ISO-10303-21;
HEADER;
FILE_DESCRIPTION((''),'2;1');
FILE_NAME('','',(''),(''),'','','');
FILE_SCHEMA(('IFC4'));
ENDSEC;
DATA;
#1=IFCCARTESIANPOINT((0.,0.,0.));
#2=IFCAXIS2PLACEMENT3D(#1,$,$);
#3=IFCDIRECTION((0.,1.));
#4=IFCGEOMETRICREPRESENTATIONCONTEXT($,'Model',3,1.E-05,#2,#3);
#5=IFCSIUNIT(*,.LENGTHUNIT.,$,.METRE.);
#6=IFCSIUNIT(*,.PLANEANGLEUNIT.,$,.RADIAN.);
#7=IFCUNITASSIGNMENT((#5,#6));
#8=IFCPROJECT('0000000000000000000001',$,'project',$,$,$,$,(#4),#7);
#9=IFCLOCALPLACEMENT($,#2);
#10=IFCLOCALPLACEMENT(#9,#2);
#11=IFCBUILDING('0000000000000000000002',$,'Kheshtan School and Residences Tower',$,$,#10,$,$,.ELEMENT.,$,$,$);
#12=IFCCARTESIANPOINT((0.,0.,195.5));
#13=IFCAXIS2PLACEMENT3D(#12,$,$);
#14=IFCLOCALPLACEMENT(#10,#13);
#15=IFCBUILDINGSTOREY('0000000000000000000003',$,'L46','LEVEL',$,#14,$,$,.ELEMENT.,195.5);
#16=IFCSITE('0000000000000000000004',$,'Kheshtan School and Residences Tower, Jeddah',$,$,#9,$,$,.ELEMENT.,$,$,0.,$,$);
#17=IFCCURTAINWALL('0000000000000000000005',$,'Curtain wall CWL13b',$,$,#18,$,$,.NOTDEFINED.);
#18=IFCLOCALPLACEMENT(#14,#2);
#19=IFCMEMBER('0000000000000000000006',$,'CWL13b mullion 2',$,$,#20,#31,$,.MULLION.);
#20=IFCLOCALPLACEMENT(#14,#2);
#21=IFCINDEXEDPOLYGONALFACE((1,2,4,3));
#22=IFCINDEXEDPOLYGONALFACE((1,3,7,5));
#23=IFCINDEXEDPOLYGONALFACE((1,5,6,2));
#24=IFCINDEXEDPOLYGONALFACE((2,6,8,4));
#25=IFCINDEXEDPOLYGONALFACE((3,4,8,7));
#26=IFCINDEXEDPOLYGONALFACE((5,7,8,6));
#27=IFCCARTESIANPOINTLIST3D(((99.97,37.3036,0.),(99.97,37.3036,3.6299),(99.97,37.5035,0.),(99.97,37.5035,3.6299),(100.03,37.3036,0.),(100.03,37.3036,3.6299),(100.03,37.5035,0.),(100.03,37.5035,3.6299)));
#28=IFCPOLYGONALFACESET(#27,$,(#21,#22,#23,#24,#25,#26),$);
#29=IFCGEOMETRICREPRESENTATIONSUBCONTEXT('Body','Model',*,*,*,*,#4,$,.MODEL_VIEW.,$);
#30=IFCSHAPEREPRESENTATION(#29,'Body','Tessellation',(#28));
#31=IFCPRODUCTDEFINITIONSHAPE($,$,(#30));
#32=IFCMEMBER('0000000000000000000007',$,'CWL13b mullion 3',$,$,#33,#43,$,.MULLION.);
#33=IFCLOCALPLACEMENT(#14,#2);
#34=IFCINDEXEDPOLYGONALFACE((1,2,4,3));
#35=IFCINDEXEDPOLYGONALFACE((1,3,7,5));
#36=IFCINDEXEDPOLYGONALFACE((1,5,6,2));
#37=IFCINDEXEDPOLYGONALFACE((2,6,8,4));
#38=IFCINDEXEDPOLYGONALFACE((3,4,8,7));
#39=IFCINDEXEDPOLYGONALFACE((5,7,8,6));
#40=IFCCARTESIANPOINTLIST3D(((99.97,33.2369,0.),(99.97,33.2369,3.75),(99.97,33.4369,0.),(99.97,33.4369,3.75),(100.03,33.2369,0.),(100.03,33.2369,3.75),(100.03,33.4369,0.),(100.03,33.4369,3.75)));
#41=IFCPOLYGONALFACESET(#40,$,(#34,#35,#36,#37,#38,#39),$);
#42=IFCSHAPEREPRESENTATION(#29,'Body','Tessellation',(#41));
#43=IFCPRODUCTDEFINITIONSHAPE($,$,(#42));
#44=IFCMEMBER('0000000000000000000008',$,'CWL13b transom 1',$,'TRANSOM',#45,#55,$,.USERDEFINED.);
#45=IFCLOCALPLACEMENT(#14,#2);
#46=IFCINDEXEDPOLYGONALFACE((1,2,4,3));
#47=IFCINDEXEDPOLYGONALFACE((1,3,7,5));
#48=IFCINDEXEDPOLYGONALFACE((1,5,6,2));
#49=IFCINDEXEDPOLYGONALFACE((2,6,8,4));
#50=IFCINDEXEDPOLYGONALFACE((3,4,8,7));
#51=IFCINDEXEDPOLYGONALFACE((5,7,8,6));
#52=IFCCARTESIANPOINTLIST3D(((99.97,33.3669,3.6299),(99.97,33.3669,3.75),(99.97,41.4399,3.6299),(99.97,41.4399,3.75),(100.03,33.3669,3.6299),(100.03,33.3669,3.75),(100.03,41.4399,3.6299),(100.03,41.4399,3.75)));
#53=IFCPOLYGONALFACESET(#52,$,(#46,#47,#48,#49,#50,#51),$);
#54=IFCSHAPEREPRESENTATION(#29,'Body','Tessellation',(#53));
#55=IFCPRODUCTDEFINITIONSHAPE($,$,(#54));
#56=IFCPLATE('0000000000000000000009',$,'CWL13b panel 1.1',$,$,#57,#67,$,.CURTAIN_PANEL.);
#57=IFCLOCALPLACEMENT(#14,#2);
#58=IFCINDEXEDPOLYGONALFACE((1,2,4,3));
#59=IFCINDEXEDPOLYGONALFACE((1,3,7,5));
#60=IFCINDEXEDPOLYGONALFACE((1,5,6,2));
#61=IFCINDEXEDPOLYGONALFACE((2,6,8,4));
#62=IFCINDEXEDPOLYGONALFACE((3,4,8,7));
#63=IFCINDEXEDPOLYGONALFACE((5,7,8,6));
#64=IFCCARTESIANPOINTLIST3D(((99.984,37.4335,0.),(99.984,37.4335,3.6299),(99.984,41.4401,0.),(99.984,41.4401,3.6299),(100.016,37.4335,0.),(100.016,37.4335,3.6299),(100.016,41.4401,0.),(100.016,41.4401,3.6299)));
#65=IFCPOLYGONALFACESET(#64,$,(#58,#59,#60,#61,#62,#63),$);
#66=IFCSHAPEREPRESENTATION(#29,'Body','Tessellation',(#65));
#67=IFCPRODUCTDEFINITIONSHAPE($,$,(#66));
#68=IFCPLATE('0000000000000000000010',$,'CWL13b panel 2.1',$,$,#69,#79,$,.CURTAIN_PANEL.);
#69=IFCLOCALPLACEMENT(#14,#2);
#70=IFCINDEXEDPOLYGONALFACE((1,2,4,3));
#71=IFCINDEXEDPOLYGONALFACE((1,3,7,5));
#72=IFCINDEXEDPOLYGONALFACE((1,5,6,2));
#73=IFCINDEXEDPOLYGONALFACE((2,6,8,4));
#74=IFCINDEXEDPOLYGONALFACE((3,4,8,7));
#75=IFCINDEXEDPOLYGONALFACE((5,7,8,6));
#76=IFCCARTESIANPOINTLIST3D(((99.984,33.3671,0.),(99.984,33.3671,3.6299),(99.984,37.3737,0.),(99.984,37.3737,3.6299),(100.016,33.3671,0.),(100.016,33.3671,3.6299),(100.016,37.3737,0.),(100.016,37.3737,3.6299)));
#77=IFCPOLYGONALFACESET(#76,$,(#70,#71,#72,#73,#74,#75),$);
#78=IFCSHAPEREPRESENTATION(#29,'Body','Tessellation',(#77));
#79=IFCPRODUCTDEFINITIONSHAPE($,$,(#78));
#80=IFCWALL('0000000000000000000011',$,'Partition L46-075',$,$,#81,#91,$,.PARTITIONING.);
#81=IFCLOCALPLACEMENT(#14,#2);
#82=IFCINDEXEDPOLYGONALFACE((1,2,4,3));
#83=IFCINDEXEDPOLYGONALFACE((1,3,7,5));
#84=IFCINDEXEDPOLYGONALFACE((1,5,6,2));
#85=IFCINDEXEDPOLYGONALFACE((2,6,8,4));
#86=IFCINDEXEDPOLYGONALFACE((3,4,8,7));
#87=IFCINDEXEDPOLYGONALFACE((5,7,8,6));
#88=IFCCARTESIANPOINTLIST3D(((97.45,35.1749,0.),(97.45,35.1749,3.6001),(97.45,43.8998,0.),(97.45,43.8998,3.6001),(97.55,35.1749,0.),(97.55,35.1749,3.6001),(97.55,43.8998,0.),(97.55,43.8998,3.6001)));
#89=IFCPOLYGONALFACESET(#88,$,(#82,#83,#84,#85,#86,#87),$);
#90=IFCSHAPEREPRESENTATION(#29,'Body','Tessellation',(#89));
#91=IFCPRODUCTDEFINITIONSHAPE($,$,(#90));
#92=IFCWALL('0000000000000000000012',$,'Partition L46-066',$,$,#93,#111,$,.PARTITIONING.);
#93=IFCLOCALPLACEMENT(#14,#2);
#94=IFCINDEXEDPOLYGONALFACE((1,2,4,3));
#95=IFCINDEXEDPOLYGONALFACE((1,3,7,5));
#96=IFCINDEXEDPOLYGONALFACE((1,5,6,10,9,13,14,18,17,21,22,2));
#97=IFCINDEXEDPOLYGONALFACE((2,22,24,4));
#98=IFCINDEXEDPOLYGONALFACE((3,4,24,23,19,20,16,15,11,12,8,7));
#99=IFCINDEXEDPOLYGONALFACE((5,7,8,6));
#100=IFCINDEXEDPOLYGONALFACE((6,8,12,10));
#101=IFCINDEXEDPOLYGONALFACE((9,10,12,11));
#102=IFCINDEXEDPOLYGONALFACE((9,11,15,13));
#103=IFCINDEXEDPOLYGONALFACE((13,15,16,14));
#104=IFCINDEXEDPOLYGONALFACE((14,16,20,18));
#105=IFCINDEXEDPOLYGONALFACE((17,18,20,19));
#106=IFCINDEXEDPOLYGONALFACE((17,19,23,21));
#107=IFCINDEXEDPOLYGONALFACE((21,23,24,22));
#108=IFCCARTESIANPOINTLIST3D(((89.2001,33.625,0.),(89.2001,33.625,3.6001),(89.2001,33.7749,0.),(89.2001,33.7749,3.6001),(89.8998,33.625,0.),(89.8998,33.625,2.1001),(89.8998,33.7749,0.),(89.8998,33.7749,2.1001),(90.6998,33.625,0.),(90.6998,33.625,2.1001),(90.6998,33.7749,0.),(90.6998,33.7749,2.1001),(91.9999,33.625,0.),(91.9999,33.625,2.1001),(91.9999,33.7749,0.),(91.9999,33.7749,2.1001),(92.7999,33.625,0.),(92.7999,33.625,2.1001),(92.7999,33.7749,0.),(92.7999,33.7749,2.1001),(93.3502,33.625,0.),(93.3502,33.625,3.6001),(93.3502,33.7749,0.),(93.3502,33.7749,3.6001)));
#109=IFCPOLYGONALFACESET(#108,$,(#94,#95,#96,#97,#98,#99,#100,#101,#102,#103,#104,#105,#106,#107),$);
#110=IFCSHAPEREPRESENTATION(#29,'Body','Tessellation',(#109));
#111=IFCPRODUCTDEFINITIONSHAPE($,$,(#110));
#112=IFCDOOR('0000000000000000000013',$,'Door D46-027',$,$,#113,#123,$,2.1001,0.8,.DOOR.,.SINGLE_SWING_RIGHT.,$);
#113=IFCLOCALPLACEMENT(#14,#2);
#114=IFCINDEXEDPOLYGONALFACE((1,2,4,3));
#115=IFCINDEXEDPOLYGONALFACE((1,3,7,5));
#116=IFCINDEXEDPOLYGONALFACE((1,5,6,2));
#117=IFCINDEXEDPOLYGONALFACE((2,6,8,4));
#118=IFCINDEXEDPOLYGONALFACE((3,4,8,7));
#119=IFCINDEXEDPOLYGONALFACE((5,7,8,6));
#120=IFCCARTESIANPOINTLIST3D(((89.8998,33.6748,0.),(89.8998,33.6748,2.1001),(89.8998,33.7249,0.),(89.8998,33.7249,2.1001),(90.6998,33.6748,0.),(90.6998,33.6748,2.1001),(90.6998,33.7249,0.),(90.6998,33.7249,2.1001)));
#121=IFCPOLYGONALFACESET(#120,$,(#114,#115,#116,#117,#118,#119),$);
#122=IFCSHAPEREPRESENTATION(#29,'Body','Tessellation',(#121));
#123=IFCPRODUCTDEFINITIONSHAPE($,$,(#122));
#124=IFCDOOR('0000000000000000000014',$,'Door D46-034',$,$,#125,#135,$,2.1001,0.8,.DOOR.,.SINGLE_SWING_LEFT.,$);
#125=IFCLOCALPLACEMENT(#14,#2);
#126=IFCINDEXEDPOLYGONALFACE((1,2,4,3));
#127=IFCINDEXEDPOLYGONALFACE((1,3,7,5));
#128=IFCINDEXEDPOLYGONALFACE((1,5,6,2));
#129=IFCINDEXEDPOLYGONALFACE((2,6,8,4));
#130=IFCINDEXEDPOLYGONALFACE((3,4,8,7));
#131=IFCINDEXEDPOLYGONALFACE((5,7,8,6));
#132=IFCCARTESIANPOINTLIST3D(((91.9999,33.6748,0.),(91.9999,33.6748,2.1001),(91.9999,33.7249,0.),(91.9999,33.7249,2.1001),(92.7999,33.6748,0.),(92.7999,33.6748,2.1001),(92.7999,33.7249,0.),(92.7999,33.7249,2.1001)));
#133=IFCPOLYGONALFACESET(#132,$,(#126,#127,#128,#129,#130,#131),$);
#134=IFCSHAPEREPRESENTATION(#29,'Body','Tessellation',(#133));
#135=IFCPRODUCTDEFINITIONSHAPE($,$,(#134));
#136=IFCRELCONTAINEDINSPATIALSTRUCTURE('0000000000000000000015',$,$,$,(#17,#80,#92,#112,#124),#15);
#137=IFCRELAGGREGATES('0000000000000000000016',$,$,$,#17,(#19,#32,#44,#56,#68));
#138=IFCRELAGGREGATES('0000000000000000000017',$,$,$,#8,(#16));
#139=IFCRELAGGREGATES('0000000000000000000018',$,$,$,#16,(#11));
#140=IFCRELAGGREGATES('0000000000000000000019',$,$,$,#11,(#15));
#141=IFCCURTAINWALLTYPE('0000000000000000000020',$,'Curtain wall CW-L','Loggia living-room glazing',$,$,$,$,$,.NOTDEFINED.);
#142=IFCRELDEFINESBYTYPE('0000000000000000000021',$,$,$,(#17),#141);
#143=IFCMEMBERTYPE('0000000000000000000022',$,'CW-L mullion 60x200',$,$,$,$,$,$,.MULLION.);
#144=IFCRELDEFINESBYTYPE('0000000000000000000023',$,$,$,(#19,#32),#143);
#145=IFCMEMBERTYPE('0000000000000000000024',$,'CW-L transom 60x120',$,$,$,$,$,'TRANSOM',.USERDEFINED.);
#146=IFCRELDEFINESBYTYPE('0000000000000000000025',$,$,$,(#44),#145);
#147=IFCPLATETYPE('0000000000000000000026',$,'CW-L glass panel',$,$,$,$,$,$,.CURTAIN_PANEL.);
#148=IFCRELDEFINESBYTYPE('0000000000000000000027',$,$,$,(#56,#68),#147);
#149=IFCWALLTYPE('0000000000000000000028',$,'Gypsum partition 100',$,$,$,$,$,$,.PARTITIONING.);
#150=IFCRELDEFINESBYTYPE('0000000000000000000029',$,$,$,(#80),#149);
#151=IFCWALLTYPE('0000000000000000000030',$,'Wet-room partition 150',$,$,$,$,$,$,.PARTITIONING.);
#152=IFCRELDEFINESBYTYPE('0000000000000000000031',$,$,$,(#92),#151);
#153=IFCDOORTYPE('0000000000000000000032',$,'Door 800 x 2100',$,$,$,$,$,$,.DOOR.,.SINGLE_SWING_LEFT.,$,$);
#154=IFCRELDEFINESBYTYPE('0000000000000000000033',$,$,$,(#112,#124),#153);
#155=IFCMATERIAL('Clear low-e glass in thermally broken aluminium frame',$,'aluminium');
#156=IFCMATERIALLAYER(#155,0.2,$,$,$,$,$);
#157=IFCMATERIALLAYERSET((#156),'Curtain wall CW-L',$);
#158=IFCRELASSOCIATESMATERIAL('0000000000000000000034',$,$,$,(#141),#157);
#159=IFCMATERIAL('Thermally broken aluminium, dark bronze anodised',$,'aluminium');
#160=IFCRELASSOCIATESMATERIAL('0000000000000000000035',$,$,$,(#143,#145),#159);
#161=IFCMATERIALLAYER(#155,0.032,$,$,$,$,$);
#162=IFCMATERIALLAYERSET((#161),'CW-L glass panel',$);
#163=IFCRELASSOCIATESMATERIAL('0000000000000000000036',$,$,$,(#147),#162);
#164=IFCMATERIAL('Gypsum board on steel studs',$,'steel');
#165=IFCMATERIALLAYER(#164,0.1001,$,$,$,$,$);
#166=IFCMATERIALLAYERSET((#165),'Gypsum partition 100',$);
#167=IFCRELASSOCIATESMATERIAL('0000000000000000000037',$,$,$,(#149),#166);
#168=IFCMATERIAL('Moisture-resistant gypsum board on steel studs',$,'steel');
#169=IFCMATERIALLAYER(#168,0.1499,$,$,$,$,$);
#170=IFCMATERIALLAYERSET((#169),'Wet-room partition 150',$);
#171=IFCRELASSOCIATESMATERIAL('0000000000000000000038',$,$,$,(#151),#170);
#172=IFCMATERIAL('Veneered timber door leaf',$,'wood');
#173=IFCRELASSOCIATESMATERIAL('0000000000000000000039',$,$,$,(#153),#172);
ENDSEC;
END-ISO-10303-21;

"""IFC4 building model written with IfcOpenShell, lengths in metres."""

from ifc_helpers import new_model, si_unit, direction, frame, frame_2d, origin, origin_2d, place, context, subcontext, project, spatial, rectangle, extrude, source, transform, mapped, material, layer, layer_set, material_profile, profile_set, type_object, element, fill, aggregate, save


model = new_model("IFC4")

# Units and contexts
model_context = context("Model", 3, precision=1e-05, world=origin(), true_north=direction((0.0, 1.0)))
body_context = subcontext(model_context, "Body", "Model", "MODEL_VIEW")
ifc_project = project(units=[si_unit("LENGTHUNIT", "METRE"), si_unit("PLANEANGLEUNIT", "RADIAN")], contexts=[model_context])

# Site, building, storey
site_placement = place(None, origin())
site = spatial("IfcSite", under=ifc_project, at=site_placement, Name="Kheshtan School and Residences Tower, Jeddah", CompositionType="ELEMENT", RefElevation=0.0)
building_placement = place(site_placement, origin())
building = spatial("IfcBuilding", under=site, at=building_placement, Name="Kheshtan School and Residences Tower", CompositionType="ELEMENT")
storey_placement = place(building_placement, frame((0.0, 0.0, 195.5)))
storey = spatial("IfcBuildingStorey", under=building, at=storey_placement, Name="L46", Description="LEVEL", CompositionType="ELEMENT", Elevation=195.5)

# Curtain wall, members, plates
ifc_material_1 = material(Name="Clear low-e glass in thermally broken aluminium frame", Category="aluminium")
ifc_layer_1 = layer(ifc_material_1, 0.2)
ifc_layer_set_1 = layer_set([ifc_layer_1], Name="Curtain wall CW-L")
curtain_wall_type = type_object("IfcCurtainWallType", Name="Curtain wall CW-L", Description="Loggia living-room glazing", PredefinedType="NOTDEFINED", material=ifc_layer_set_1)
curtain_wall_placement = place(storey_placement, origin())
curtain_wall = element("IfcCurtainWall", 1, at=curtain_wall_placement, inside=storey, type_object=curtain_wall_type, Name="Curtain wall CWL13b", PredefinedType="NOTDEFINED")
ifc_material_2 = material(Name="Thermally broken aluminium, dark bronze anodised", Category="aluminium")
ifc_material_profile_1 = material_profile(ifc_material_2, rectangle(XDim=0.0601, YDim=0.2, at=origin_2d()), Name="CW-L mullion 60x200")
ifc_profile_set_1 = profile_set([ifc_material_profile_1], Name="Thermally broken aluminium, dark bronze anodised")
member_type_1 = type_object("IfcMemberType", Name="CW-L mullion 60x200", PredefinedType="MULLION", material=ifc_profile_set_1)
member_1_placement = place(storey_placement, frame((100.0, 37.4036, 0.0), z_axis=(0.0, 0.0, 1.0), x_axis=(1.0, 0.0, 0.0)))
member_1 = element("IfcMember", 2, at=member_1_placement, type_object=member_type_1, Name="CWL13b mullion 2", PredefinedType="MULLION", context=body_context, shape_type="SweptSolid", body=[
    extrude(rectangle(XDim=0.0601, YDim=0.2, at=origin_2d()), origin(), (0.0, 0.0, 1.0), 3.6299),
])
member_2_placement = place(storey_placement, frame((100.0, 33.3369, 0.0), z_axis=(0.0, 0.0, 1.0), x_axis=(1.0, 0.0, 0.0)))
member_2 = element("IfcMember", 3, at=member_2_placement, type_object=member_type_1, Name="CWL13b mullion 3", PredefinedType="MULLION", context=body_context, shape_type="SweptSolid", body=[
    extrude(rectangle(XDim=0.0601, YDim=0.2, at=origin_2d()), origin(), (0.0, 0.0, 1.0), 3.75),
])
ifc_material_profile_2 = material_profile(ifc_material_2, rectangle(XDim=0.0601, YDim=0.1201, at=origin_2d()), Name="CW-L transom 60x120")
ifc_profile_set_2 = profile_set([ifc_material_profile_2], Name="Thermally broken aluminium, dark bronze anodised")
member_type_2 = type_object("IfcMemberType", Name="CW-L transom 60x120", ElementType="TRANSOM", PredefinedType="USERDEFINED", material=ifc_profile_set_2)
member_3_placement = place(storey_placement, frame((100.0, 41.4399, 3.6899), z_axis=(0.0, -1.0, 0.0), x_axis=(1.0, 0.0, 0.0)))
member_3 = element("IfcMember", 4, at=member_3_placement, type_object=member_type_2, Name="CWL13b transom 1", ObjectType="TRANSOM", PredefinedType="USERDEFINED", context=body_context, shape_type="SweptSolid", body=[
    extrude(rectangle(XDim=0.0601, YDim=0.1201, at=origin_2d()), origin(), (0.0, 0.0, 1.0), 8.073),
])
ifc_layer_2 = layer(ifc_material_1, 0.032)
ifc_layer_set_2 = layer_set([ifc_layer_2], Name="CW-L glass panel")
plate_type = type_object("IfcPlateType", Name="CW-L glass panel", PredefinedType="CURTAIN_PANEL", material=ifc_layer_set_2)
plate_1_placement = place(storey_placement, frame((100.0, 39.4368, 0.0), z_axis=(0.0, 0.0, 1.0), x_axis=(0.0, -1.0, 0.0)))
plate_1 = element("IfcPlate", 5, at=plate_1_placement, type_object=plate_type, Name="CWL13b panel 1.1", PredefinedType="CURTAIN_PANEL", context=body_context, shape_type="SweptSolid", body=[
    extrude(rectangle(XDim=4.0066, YDim=0.032, at=origin_2d()), origin(), (0.0, 0.0, 1.0), 3.6299),
])
plate_2_placement = place(storey_placement, frame((100.0, 35.3704, 0.0), z_axis=(0.0, 0.0, 1.0), x_axis=(0.0, -1.0, 0.0)))
plate_2 = element("IfcPlate", 6, at=plate_2_placement, type_object=plate_type, Name="CWL13b panel 2.1", PredefinedType="CURTAIN_PANEL", context=body_context, shape_type="SweptSolid", body=[
    extrude(rectangle(XDim=4.0066, YDim=0.032, at=origin_2d()), origin(), (0.0, 0.0, 1.0), 3.6299),
])
aggregate(curtain_wall, [member_1, member_2, member_3, plate_1, plate_2])

# Wall
ifc_material_3 = material(Name="Gypsum board on steel studs", Category="steel")
ifc_layer_3 = layer(ifc_material_3, 0.1001)
ifc_layer_set_3 = layer_set([ifc_layer_3], Name="Gypsum partition 100")
wall_type_1 = type_object("IfcWallType", Name="Gypsum partition 100", PredefinedType="PARTITIONING", material=ifc_layer_set_3)
wall_1_placement = place(storey_placement, frame((97.5, 35.175, 0.0), z_axis=(0.0, 0.0, 1.0), x_axis=(0.0, 1.0, 0.0)))
element("IfcWall", 7, at=wall_1_placement, inside=storey, type_object=wall_type_1, Name="Partition L46-075", PredefinedType="PARTITIONING", context=body_context, shape_type="SweptSolid", body=[
    extrude(rectangle(XDim=8.7249, YDim=0.1001, at=frame_2d((4.3623, 0.0))), origin(), (0.0, 0.0, 1.0), 3.6001),
])

# Wall, openings, doors
ifc_material_4 = material(Name="Moisture-resistant gypsum board on steel studs", Category="steel")
ifc_layer_4 = layer(ifc_material_4, 0.1499)
ifc_layer_set_4 = layer_set([ifc_layer_4], Name="Wet-room partition 150")
wall_type_2 = type_object("IfcWallType", Name="Wet-room partition 150", PredefinedType="PARTITIONING", material=ifc_layer_set_4)
wall_2_placement = place(storey_placement, frame((89.2, 33.7, 0.0), z_axis=(0.0, 0.0, 1.0), x_axis=(1.0, 0.0, 0.0)))
wall_2 = element("IfcWall", 8, at=wall_2_placement, inside=storey, type_object=wall_type_2, Name="Partition L46-066", PredefinedType="PARTITIONING", context=body_context, shape_type="SweptSolid", body=[
    extrude(rectangle(XDim=4.1501, YDim=0.1499, at=frame_2d((2.0752, 0.0))), origin(), (0.0, 0.0, 1.0), 3.6001),
])
opening_1_placement = place(wall_2_placement, frame((0.7, 0.0, 0.0)))
opening_1 = element("IfcOpeningElement", 9, at=opening_1_placement, cuts=wall_2, PredefinedType="OPENING", context=body_context, shape_type="SweptSolid", body=[
    extrude(rectangle(XDim=0.8, YDim=2.1001, at=frame_2d((0.3999, 1.05))), frame((0.0, 0.085, 0.0), z_axis=(0.0, -1.0, 0.0), x_axis=(1.0, 0.0, 0.0)), (0.0, 0.0, 1.0), 0.1699),
])
opening_2_placement = place(wall_2_placement, frame((2.8, 0.0, 0.0)))
opening_2 = element("IfcOpeningElement", 10, at=opening_2_placement, cuts=wall_2, PredefinedType="OPENING", context=body_context, shape_type="SweptSolid", body=[
    extrude(rectangle(XDim=0.8, YDim=2.1001, at=frame_2d((0.3999, 1.05))), frame((0.0, 0.085, 0.0), z_axis=(0.0, -1.0, 0.0), x_axis=(1.0, 0.0, 0.0)), (0.0, 0.0, 1.0), 0.1699),
])
ifc_material_5 = material(Name="Veneered timber door leaf", Category="wood")
door_type_1 = type_object("IfcDoorType", Name="Door 800 x 2100", OperationType="SINGLE_SWING_LEFT", PredefinedType="DOOR", material=ifc_material_5)
shared_shape_1 = source(origin(), body_context, "Body", "SweptSolid", [
    extrude(rectangle(XDim=0.8, YDim=2.1001, at=frame_2d((0.3999, 1.05))), frame((0.0, 0.0249, 0.0), z_axis=(0.0, -1.0, 0.0), x_axis=(1.0, 0.0, 0.0)), (0.0, 0.0, 1.0), 0.05),
])
door_1_placement = place(opening_1_placement, origin())
door_1 = element("IfcDoor", 11, at=door_1_placement, inside=storey, type_object=door_type_1, Name="Door D46-027", OperationType="SINGLE_SWING_RIGHT", OverallHeight=2.1001, OverallWidth=0.8, PredefinedType="DOOR", context=body_context, shape_type="MappedRepresentation", body=[
    mapped(shared_shape_1, transform((0.0, 0.0, 0.0), x_axis=(1.0, 0.0, 0.0), y_axis=(0.0, 1.0, 0.0), z_axis=(0.0, 0.0, 1.0), scale=1.0)),
])
fill(opening_1, door_1)
door_2_placement = place(opening_2_placement, origin())
door_2 = element("IfcDoor", 12, at=door_2_placement, inside=storey, type_object=door_type_1, Name="Door D46-034", OperationType="SINGLE_SWING_LEFT", OverallHeight=2.1001, OverallWidth=0.8, PredefinedType="DOOR", context=body_context, shape_type="MappedRepresentation", body=[
    mapped(shared_shape_1, transform((0.0, 0.0, 0.0), x_axis=(1.0, 0.0, 0.0), y_axis=(0.0, 1.0, 0.0), z_axis=(0.0, 0.0, 1.0), scale=1.0)),
])
fill(opening_2, door_2)

save(model, "model.ifc")
